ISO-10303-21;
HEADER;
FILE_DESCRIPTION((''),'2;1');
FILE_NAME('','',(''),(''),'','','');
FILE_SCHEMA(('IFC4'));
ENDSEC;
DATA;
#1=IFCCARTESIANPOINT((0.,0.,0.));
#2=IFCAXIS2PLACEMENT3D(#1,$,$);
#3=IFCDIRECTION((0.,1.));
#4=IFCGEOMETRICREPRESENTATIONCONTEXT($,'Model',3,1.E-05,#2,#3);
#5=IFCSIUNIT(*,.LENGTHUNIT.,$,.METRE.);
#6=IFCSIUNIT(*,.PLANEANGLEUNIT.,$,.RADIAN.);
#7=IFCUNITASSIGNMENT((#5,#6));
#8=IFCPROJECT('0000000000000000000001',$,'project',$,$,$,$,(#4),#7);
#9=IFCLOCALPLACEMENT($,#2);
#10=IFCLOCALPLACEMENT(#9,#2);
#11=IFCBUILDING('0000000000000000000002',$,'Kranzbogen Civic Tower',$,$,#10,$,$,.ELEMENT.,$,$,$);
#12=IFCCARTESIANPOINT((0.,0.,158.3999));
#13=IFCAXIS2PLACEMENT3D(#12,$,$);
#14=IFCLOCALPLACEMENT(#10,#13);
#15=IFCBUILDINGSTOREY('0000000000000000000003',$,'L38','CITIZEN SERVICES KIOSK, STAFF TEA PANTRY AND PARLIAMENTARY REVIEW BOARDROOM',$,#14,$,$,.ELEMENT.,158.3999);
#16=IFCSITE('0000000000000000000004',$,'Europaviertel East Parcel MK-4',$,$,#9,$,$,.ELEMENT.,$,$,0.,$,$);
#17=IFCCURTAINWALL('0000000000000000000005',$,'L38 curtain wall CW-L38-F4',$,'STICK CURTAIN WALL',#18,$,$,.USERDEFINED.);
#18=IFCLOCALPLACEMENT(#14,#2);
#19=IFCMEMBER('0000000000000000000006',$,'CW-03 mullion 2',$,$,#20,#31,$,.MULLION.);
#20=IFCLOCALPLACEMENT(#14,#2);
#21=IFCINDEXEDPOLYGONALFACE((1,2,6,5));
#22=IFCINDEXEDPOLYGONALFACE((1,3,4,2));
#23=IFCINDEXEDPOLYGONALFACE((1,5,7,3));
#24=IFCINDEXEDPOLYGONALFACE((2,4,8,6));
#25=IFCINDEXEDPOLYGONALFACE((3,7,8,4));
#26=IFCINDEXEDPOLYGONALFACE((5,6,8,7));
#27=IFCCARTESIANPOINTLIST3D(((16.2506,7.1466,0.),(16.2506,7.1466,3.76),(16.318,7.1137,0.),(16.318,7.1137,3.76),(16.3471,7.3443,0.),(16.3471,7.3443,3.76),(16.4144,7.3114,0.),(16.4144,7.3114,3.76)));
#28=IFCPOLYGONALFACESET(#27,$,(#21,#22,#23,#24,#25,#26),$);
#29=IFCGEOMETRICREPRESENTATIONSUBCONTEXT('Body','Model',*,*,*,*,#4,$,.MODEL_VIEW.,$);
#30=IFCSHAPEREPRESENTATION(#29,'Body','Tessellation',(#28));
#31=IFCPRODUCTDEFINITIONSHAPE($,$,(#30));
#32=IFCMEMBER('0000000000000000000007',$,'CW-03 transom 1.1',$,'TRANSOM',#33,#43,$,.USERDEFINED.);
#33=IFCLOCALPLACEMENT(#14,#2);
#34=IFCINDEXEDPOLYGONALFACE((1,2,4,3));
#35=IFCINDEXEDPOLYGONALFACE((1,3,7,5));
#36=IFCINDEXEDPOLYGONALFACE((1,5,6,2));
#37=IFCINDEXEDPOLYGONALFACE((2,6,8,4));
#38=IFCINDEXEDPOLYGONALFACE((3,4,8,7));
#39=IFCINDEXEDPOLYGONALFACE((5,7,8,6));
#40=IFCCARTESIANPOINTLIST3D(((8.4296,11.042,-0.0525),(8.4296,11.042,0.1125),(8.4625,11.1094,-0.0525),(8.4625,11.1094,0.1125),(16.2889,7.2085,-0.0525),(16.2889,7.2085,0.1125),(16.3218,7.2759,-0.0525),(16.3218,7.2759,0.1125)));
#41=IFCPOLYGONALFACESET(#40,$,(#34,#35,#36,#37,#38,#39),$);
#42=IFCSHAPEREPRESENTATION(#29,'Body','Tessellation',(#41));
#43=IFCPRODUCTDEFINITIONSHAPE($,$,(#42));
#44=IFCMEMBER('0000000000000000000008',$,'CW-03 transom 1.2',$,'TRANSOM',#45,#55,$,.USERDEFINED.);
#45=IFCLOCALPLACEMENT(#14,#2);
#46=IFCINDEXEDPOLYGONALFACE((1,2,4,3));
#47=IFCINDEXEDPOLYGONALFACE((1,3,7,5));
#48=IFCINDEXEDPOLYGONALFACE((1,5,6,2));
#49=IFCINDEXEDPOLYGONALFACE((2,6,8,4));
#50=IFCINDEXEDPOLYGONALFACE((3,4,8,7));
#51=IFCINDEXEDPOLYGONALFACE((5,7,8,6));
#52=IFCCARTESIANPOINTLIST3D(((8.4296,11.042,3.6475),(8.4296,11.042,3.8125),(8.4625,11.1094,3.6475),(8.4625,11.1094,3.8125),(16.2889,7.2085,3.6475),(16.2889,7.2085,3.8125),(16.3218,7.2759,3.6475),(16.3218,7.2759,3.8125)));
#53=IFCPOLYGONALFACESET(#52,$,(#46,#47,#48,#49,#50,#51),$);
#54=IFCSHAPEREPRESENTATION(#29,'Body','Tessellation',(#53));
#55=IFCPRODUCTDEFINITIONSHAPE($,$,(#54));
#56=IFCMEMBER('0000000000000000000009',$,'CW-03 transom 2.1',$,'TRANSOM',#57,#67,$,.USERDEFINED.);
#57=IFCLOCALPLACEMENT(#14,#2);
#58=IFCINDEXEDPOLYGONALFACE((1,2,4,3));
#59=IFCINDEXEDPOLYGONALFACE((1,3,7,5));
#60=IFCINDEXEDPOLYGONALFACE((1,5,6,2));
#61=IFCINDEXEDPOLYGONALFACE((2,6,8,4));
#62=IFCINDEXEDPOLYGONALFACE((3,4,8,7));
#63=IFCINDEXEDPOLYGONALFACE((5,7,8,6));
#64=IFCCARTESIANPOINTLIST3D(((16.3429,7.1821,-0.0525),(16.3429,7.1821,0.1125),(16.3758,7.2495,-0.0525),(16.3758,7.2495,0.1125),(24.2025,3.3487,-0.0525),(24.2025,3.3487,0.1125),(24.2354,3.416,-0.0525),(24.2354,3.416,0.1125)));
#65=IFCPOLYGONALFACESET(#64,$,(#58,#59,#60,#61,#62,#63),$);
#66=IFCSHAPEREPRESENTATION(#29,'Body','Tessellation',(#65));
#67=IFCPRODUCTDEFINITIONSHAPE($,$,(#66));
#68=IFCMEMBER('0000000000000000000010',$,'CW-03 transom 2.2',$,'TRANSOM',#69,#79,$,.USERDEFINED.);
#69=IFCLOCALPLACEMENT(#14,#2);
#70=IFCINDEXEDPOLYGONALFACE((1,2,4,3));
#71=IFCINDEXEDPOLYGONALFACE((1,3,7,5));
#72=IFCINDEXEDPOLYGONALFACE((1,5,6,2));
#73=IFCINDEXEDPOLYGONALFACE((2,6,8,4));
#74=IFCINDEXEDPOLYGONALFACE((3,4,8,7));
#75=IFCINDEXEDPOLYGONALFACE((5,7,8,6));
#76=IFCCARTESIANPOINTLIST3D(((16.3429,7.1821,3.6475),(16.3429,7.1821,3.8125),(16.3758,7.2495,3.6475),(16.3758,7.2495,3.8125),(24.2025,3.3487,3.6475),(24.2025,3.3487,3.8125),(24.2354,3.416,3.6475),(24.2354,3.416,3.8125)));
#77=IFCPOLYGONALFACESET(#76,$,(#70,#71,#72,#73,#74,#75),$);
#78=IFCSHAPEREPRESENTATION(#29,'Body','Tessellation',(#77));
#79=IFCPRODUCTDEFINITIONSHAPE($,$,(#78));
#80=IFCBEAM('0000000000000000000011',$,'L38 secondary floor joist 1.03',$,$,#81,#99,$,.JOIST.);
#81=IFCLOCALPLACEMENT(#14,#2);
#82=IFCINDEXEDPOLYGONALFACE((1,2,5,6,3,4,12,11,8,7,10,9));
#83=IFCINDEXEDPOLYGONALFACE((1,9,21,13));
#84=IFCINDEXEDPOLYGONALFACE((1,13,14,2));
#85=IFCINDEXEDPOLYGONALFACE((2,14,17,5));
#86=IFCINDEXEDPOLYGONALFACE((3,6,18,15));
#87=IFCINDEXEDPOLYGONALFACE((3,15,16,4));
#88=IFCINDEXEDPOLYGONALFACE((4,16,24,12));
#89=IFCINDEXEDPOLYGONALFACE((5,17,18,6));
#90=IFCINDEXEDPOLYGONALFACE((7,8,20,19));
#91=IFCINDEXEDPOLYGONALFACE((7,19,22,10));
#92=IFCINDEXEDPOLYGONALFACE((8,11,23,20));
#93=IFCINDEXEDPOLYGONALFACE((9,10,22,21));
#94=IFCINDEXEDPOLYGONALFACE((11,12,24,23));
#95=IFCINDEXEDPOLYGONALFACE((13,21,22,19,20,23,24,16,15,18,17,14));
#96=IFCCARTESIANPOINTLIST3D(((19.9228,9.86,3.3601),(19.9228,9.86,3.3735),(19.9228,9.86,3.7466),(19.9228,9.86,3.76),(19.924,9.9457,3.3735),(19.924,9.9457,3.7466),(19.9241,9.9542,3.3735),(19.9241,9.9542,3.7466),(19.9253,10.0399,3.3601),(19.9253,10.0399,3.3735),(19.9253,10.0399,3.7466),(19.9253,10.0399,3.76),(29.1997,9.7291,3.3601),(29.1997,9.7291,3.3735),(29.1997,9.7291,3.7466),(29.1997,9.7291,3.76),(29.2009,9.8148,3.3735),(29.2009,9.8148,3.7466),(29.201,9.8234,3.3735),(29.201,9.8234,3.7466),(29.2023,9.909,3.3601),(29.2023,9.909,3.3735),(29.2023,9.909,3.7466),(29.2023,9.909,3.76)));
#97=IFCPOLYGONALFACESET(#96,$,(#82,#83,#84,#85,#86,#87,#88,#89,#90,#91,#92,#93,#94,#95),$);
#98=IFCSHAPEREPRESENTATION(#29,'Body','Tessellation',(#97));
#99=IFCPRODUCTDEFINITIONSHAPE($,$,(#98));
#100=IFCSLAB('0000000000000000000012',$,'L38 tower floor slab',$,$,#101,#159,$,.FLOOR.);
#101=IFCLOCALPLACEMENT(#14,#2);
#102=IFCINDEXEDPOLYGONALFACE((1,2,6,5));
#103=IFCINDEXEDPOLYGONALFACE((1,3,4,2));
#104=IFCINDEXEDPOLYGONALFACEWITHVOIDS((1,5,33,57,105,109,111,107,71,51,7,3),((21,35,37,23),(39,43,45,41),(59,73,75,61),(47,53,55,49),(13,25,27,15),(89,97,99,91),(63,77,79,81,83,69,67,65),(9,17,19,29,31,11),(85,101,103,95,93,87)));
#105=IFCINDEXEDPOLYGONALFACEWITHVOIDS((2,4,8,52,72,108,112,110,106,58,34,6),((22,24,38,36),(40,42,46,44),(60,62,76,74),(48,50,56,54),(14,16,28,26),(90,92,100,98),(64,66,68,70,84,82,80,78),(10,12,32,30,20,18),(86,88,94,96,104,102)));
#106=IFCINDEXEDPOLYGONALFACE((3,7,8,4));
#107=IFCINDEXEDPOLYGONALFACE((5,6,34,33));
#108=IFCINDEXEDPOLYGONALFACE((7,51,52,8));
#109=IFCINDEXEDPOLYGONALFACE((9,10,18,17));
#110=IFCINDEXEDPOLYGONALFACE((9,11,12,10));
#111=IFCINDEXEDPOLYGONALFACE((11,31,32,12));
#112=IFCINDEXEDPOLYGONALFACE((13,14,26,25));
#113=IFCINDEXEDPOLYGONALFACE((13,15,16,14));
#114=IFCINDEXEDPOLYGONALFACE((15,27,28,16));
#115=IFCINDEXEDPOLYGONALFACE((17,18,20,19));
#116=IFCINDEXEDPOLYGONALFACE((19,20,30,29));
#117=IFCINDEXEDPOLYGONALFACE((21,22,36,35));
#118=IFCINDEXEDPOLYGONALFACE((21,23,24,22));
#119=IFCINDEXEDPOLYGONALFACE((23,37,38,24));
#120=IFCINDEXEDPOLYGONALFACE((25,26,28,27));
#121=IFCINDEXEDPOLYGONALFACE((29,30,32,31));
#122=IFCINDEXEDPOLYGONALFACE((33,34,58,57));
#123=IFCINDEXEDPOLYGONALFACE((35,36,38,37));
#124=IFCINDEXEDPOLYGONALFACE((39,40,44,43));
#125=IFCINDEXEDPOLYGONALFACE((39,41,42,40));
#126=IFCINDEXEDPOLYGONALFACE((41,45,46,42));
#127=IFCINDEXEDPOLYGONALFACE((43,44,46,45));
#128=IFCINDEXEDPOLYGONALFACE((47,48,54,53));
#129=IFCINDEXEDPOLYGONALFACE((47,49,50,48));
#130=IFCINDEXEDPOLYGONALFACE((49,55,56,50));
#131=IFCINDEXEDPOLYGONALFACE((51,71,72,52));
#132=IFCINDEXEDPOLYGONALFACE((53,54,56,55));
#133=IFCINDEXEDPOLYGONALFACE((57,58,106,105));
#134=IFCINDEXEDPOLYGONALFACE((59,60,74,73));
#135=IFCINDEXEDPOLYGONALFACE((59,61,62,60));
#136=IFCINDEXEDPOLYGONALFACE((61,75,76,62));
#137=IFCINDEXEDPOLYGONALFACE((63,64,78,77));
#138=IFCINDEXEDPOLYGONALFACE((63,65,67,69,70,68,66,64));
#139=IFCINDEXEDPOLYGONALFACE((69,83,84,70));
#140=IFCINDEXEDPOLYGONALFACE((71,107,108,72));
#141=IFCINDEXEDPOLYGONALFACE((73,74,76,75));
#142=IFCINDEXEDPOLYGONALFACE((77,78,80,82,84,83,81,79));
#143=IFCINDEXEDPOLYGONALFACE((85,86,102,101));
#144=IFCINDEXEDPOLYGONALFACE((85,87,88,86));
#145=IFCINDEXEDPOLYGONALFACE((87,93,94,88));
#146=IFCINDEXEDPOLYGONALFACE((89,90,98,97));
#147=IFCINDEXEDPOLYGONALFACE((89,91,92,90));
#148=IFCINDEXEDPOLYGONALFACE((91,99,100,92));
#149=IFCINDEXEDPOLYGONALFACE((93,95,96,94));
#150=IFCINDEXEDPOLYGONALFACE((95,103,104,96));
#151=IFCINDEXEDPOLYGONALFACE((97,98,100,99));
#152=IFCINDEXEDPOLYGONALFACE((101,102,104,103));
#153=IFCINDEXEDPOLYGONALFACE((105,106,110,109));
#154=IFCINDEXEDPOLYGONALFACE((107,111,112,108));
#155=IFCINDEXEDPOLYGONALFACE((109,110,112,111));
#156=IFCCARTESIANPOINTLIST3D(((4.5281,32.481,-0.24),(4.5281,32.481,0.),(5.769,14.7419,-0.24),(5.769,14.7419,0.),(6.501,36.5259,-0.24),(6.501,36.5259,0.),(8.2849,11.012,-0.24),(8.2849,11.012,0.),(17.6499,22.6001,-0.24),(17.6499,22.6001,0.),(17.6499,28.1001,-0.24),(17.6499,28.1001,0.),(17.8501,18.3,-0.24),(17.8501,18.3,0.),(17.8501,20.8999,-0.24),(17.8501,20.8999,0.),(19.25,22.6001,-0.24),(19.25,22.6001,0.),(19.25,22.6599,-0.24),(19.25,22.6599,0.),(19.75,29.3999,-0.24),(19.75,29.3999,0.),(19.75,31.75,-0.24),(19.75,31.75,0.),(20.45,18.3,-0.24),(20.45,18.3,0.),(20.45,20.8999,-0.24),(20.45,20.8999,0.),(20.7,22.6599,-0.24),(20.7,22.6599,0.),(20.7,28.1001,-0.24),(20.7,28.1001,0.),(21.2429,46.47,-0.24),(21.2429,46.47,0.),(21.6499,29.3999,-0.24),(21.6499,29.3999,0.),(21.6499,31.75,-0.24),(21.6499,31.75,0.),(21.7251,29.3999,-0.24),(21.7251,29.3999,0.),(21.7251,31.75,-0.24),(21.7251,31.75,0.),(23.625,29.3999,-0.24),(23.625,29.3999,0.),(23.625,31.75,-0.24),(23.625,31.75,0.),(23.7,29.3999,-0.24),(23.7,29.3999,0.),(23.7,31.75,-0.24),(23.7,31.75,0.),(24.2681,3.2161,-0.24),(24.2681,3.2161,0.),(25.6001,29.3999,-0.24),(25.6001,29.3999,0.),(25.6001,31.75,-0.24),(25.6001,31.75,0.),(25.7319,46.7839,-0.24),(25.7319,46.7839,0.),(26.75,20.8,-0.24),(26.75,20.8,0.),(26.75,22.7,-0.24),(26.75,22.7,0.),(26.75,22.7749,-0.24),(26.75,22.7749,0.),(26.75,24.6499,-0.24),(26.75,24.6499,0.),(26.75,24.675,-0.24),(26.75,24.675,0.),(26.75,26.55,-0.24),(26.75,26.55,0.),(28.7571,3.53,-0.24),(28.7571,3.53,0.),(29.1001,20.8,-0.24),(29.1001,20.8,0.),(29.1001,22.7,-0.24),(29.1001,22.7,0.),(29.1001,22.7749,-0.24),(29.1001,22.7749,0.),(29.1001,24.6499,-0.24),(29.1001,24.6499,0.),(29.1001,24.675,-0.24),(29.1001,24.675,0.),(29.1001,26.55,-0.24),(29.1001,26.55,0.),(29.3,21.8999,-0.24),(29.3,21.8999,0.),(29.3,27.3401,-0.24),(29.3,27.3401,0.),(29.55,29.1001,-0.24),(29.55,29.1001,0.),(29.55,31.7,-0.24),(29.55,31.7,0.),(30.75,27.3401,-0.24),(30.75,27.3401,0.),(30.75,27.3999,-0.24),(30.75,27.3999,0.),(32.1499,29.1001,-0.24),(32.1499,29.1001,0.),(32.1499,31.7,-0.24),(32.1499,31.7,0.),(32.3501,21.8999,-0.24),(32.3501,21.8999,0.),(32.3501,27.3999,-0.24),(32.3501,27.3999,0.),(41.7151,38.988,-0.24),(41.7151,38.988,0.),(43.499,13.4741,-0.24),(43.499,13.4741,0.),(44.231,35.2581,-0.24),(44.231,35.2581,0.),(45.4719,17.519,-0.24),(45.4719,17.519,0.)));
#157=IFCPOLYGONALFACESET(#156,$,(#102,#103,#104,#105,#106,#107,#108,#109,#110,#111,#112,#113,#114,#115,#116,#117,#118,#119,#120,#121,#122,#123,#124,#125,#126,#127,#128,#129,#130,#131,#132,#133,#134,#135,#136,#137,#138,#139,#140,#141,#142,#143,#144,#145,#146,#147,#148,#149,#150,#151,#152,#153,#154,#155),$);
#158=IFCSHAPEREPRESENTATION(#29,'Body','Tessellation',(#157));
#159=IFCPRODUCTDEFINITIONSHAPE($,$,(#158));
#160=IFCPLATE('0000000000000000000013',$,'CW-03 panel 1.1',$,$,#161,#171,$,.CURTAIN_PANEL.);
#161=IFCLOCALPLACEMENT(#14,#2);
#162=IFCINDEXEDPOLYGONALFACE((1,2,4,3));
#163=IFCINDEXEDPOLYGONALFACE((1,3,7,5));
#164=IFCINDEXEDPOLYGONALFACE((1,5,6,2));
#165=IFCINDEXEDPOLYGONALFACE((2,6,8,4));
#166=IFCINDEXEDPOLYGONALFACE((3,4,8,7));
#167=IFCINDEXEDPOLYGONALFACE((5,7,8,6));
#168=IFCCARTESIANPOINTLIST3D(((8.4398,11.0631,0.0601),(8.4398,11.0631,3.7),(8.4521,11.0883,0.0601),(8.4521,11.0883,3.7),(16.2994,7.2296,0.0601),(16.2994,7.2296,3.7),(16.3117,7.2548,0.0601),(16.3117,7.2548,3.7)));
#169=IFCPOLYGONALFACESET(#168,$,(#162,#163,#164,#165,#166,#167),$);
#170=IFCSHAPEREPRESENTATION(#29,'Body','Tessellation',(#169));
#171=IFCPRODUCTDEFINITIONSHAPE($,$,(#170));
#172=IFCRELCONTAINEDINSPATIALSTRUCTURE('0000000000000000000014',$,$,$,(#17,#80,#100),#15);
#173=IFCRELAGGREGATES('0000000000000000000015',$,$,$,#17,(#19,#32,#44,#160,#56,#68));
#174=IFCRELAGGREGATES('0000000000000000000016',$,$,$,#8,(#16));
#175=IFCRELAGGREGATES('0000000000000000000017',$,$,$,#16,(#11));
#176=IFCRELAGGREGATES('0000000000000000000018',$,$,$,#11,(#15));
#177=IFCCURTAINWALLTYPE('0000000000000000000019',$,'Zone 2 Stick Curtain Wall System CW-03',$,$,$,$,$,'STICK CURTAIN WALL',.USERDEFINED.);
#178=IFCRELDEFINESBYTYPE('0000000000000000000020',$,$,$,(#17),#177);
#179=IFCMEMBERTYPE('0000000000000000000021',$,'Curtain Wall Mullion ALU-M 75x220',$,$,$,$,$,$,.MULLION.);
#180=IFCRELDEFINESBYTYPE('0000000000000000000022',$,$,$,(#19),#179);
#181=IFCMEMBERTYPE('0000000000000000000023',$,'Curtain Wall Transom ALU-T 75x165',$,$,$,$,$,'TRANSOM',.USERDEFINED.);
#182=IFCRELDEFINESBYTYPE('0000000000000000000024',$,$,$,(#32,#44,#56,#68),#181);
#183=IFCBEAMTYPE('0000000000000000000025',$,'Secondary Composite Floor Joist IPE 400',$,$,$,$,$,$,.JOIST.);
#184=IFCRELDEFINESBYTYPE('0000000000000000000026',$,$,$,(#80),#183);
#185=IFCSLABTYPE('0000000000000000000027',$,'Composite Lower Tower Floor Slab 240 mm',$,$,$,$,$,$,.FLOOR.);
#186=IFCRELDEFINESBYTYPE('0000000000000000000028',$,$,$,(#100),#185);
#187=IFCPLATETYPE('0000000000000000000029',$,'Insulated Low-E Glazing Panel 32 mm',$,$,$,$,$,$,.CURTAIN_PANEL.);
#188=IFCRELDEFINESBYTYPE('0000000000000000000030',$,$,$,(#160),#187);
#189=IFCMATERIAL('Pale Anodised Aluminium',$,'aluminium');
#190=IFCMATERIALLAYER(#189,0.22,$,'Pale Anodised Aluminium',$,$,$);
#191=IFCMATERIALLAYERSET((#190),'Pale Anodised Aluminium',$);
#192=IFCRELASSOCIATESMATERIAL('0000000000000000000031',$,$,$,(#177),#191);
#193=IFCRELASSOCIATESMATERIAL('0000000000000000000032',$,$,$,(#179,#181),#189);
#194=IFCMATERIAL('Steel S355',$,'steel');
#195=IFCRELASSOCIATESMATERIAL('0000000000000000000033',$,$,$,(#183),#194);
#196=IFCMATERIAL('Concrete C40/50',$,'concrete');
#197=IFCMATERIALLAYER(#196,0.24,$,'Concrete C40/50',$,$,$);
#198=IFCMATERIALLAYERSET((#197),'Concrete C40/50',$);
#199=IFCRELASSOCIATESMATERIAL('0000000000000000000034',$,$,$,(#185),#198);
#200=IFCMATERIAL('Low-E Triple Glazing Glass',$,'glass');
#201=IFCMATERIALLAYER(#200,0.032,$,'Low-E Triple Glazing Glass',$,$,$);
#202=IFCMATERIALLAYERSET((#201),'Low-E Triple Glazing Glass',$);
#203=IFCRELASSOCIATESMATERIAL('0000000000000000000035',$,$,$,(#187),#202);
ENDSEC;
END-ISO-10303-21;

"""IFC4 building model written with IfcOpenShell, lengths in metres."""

from ifc_helpers import new_model, si_unit, direction, frame, origin, origin_2d, place, context, subcontext, project, spatial, polyline, rectangle, i_section, outline, extrude, material, layer, layer_set, material_profile, profile_set, type_object, element, aggregate, save


model = new_model("IFC4")

# Units and contexts
model_context = context("Model", 3, precision=1e-05, world=origin(), true_north=direction((0.0, 1.0)))
body_context = subcontext(model_context, "Body", "Model", "MODEL_VIEW")
ifc_project = project(units=[si_unit("LENGTHUNIT", "METRE"), si_unit("PLANEANGLEUNIT", "RADIAN")], contexts=[model_context])

# Site, building, storey
site_placement = place(None, origin())
site = spatial("IfcSite", under=ifc_project, at=site_placement, Name="Europaviertel East Parcel MK-4", CompositionType="ELEMENT", RefElevation=0.0)
building_placement = place(site_placement, origin())
building = spatial("IfcBuilding", under=site, at=building_placement, Name="Kranzbogen Civic Tower", CompositionType="ELEMENT")
storey_placement = place(building_placement, frame((0.0, 0.0, 158.3999)))
storey = spatial("IfcBuildingStorey", under=building, at=storey_placement, Name="L38", Description="CITIZEN SERVICES KIOSK, STAFF TEA PANTRY AND PARLIAMENTARY REVIEW BOARDROOM", CompositionType="ELEMENT", Elevation=158.3999)

# Curtain wall, members
ifc_material_1 = material(Name="Pale Anodised Aluminium", Category="aluminium")
ifc_layer_1 = layer(ifc_material_1, 0.22, Name="Pale Anodised Aluminium")
ifc_layer_set_1 = layer_set([ifc_layer_1], Name="Pale Anodised Aluminium")
curtain_wall_type = type_object("IfcCurtainWallType", Name="Zone 2 Stick Curtain Wall System CW-03", ElementType="STICK CURTAIN WALL", PredefinedType="USERDEFINED", material=ifc_layer_set_1)
curtain_wall_placement = place(storey_placement, origin())
curtain_wall = element("IfcCurtainWall", 1, at=curtain_wall_placement, inside=storey, type_object=curtain_wall_type, Name="L38 curtain wall CW-L38-F4", ObjectType="STICK CURTAIN WALL", PredefinedType="USERDEFINED")
ifc_material_profile_1 = material_profile(ifc_material_1, rectangle(XDim=0.075, YDim=0.22, at=origin_2d()), Name="ALU-M 75x220")
ifc_profile_set_1 = profile_set([ifc_material_profile_1], Name="Pale Anodised Aluminium")
member_type_1 = type_object("IfcMemberType", Name="Curtain Wall Mullion ALU-M 75x220", PredefinedType="MULLION", material=ifc_profile_set_1)
member_1_placement = place(storey_placement, frame((16.3325, 7.229, 0.0), z_axis=(0.0, 0.0, 1.0), x_axis=(0.898787, -0.438386, 0.0)))
member_1 = element("IfcMember", 2, at=member_1_placement, type_object=member_type_1, Name="CW-03 mullion 2", PredefinedType="MULLION", context=body_context, shape_type="SweptSolid", body=[
    extrude(rectangle(XDim=0.075, YDim=0.22, at=origin_2d()), origin(), (0.0, 0.0, 1.0), 3.76),
])
ifc_material_profile_2 = material_profile(ifc_material_1, rectangle(XDim=0.075, YDim=0.165, at=origin_2d()), Name="ALU-T 75x165")
ifc_profile_set_2 = profile_set([ifc_material_profile_2], Name="Pale Anodised Aluminium")
member_type_2 = type_object("IfcMemberType", Name="Curtain Wall Transom ALU-T 75x165", ElementType="TRANSOM", PredefinedType="USERDEFINED", material=ifc_profile_set_2)
member_2_placement = place(storey_placement, frame((8.446, 11.0757, 0.03), z_axis=(0.898784, -0.438392, 0.0), x_axis=(0.438392, 0.898784, 0.0)))
member_2 = element("IfcMember", 3, at=member_2_placement, type_object=member_type_2, Name="CW-03 transom 1.1", ObjectType="TRANSOM", PredefinedType="USERDEFINED", context=body_context, shape_type="SweptSolid", body=[
    extrude(rectangle(XDim=0.075, YDim=0.165, at=origin_2d()), origin(), (0.0, 0.0, 1.0), 8.7444),
])
member_3_placement = place(storey_placement, frame((8.446, 11.0757, 3.73), z_axis=(0.898784, -0.438392, 0.0), x_axis=(0.438392, 0.898784, 0.0)))
member_3 = element("IfcMember", 4, at=member_3_placement, type_object=member_type_2, Name="CW-03 transom 1.2", ObjectType="TRANSOM", PredefinedType="USERDEFINED", context=body_context, shape_type="SweptSolid", body=[
    extrude(rectangle(XDim=0.075, YDim=0.165, at=origin_2d()), origin(), (0.0, 0.0, 1.0), 8.7444),
])
member_4_placement = place(storey_placement, frame((16.3594, 7.2158, 0.03), z_axis=(0.898789, -0.438381, 0.0), x_axis=(0.438381, 0.898789, 0.0)))
member_4 = element("IfcMember", 5, at=member_4_placement, type_object=member_type_2, Name="CW-03 transom 2.1", ObjectType="TRANSOM", PredefinedType="USERDEFINED", context=body_context, shape_type="SweptSolid", body=[
    extrude(rectangle(XDim=0.075, YDim=0.165, at=origin_2d()), origin(), (0.0, 0.0, 1.0), 8.7446),
])
member_5_placement = place(storey_placement, frame((16.3594, 7.2158, 3.73), z_axis=(0.898789, -0.438381, 0.0), x_axis=(0.438381, 0.898789, 0.0)))
member_5 = element("IfcMember", 6, at=member_5_placement, type_object=member_type_2, Name="CW-03 transom 2.2", ObjectType="TRANSOM", PredefinedType="USERDEFINED", context=body_context, shape_type="SweptSolid", body=[
    extrude(rectangle(XDim=0.075, YDim=0.165, at=origin_2d()), origin(), (0.0, 0.0, 1.0), 8.7446),
])

# Beam
ifc_material_2 = material(Name="Steel S355", Category="steel")
ifc_material_profile_3 = material_profile(ifc_material_2, i_section(OverallWidth=0.1799, OverallDepth=0.3999, WebThickness=0.0085, FlangeThickness=0.0134, at=origin_2d()), Name="IPE 400")
ifc_profile_set_3 = profile_set([ifc_material_profile_3], Name="Steel S355")
beam_type = type_object("IfcBeamType", Name="Secondary Composite Floor Joist IPE 400", PredefinedType="JOIST", material=ifc_profile_set_3)
beam_placement = place(storey_placement, frame((19.9241, 9.95, 3.5601), z_axis=(0.999901, -0.014105, 0.0), x_axis=(0.014105, 0.999901, 0.0)))
element("IfcBeam", 7, at=beam_placement, inside=storey, type_object=beam_type, Name="L38 secondary floor joist 1.03", PredefinedType="JOIST", context=body_context, shape_type="SweptSolid", body=[
    extrude(i_section(OverallWidth=0.1799, OverallDepth=0.3999, WebThickness=0.0085, FlangeThickness=0.0134, at=origin_2d()), origin(), (0.0, 0.0, 1.0), 9.2778),
])

# Slab
ifc_material_3 = material(Name="Concrete C40/50", Category="concrete")
ifc_layer_2 = layer(ifc_material_3, 0.24, Name="Concrete C40/50")
ifc_layer_set_2 = layer_set([ifc_layer_2], Name="Concrete C40/50")
slab_type_1 = type_object("IfcSlabType", Name="Composite Lower Tower Floor Slab 240 mm", PredefinedType="FLOOR", material=ifc_layer_set_2)
slab_1_placement = place(storey_placement, frame((0.0, 0.0, -0.24)))
element("IfcSlab", 8, at=slab_1_placement, inside=storey, type_object=slab_type_1, Name="L38 tower floor slab", PredefinedType="FLOOR", context=body_context, shape_type="SweptSolid", body=[
    extrude(outline(polyline([(41.7151, 38.988), (25.7319, 46.7839), (21.2429, 46.47), (6.501, 36.5259), (4.5281, 32.481), (5.769, 14.7419), (8.2849, 11.012), (24.2681, 3.2161), (28.7571, 3.53), (43.499, 13.4741), (45.4719, 17.519), (44.231, 35.2581), (41.7151, 38.988)]), holes=[polyline([(20.45, 20.8999), (20.45, 18.3), (17.8501, 18.3), (17.8501, 20.8999), (20.45, 20.8999)]), polyline([(29.1001, 22.7), (29.1001, 20.8), (26.75, 20.8), (26.75, 22.7), (29.1001, 22.7)]), polyline([(29.1001, 24.6499), (29.1001, 22.7749), (26.75, 22.7749), (26.75, 24.6499), (26.75, 24.675), (26.75, 26.55), (29.1001, 26.55), (29.1001, 24.675), (29.1001, 24.6499)]), polyline([(30.75, 27.3401), (30.75, 27.3999), (32.3501, 27.3999), (32.3501, 21.8999), (29.3, 21.8999), (29.3, 27.3401), (30.75, 27.3401)]), polyline([(19.25, 22.6599), (19.25, 22.6001), (17.6499, 22.6001), (17.6499, 28.1001), (20.7, 28.1001), (20.7, 22.6599), (19.25, 22.6599)]), polyline([(32.1499, 31.7), (32.1499, 29.1001), (29.55, 29.1001), (29.55, 31.7), (32.1499, 31.7)]), polyline([(21.6499, 31.75), (21.6499, 29.3999), (19.75, 29.3999), (19.75, 31.75), (21.6499, 31.75)]), polyline([(23.625, 29.3999), (21.7251, 29.3999), (21.7251, 31.75), (23.625, 31.75), (23.625, 29.3999)]), polyline([(25.6001, 29.3999), (23.7, 29.3999), (23.7, 31.75), (25.6001, 31.75), (25.6001, 29.3999)])]), origin(), (0.0, 0.0, 1.0), 0.24),
])

# Plate
ifc_material_4 = material(Name="Low-E Triple Glazing Glass", Category="glass")
ifc_layer_3 = layer(ifc_material_4, 0.032, Name="Low-E Triple Glazing Glass")
ifc_layer_set_3 = layer_set([ifc_layer_3], Name="Low-E Triple Glazing Glass")
plate_type = type_object("IfcPlateType", Name="Insulated Low-E Glazing Panel 32 mm", PredefinedType="CURTAIN_PANEL", material=ifc_layer_set_3)
plate_1_placement = place(storey_placement, frame((12.3757, 9.1589, 0.0601), z_axis=(0.0, 0.0, 1.0), x_axis=(0.898787, -0.438386, 0.0)))
plate_1 = element("IfcPlate", 9, at=plate_1_placement, type_object=plate_type, Name="CW-03 panel 1.1", PredefinedType="CURTAIN_PANEL", context=body_context, shape_type="SweptSolid", body=[
    extrude(rectangle(XDim=8.7446, YDim=0.0281, at=origin_2d()), origin(), (0.0, 0.0, 1.0), 3.6399),
])
aggregate(curtain_wall, [member_1, member_2, member_3, plate_1, member_4, member_5])

save(model, "model.ifc")
